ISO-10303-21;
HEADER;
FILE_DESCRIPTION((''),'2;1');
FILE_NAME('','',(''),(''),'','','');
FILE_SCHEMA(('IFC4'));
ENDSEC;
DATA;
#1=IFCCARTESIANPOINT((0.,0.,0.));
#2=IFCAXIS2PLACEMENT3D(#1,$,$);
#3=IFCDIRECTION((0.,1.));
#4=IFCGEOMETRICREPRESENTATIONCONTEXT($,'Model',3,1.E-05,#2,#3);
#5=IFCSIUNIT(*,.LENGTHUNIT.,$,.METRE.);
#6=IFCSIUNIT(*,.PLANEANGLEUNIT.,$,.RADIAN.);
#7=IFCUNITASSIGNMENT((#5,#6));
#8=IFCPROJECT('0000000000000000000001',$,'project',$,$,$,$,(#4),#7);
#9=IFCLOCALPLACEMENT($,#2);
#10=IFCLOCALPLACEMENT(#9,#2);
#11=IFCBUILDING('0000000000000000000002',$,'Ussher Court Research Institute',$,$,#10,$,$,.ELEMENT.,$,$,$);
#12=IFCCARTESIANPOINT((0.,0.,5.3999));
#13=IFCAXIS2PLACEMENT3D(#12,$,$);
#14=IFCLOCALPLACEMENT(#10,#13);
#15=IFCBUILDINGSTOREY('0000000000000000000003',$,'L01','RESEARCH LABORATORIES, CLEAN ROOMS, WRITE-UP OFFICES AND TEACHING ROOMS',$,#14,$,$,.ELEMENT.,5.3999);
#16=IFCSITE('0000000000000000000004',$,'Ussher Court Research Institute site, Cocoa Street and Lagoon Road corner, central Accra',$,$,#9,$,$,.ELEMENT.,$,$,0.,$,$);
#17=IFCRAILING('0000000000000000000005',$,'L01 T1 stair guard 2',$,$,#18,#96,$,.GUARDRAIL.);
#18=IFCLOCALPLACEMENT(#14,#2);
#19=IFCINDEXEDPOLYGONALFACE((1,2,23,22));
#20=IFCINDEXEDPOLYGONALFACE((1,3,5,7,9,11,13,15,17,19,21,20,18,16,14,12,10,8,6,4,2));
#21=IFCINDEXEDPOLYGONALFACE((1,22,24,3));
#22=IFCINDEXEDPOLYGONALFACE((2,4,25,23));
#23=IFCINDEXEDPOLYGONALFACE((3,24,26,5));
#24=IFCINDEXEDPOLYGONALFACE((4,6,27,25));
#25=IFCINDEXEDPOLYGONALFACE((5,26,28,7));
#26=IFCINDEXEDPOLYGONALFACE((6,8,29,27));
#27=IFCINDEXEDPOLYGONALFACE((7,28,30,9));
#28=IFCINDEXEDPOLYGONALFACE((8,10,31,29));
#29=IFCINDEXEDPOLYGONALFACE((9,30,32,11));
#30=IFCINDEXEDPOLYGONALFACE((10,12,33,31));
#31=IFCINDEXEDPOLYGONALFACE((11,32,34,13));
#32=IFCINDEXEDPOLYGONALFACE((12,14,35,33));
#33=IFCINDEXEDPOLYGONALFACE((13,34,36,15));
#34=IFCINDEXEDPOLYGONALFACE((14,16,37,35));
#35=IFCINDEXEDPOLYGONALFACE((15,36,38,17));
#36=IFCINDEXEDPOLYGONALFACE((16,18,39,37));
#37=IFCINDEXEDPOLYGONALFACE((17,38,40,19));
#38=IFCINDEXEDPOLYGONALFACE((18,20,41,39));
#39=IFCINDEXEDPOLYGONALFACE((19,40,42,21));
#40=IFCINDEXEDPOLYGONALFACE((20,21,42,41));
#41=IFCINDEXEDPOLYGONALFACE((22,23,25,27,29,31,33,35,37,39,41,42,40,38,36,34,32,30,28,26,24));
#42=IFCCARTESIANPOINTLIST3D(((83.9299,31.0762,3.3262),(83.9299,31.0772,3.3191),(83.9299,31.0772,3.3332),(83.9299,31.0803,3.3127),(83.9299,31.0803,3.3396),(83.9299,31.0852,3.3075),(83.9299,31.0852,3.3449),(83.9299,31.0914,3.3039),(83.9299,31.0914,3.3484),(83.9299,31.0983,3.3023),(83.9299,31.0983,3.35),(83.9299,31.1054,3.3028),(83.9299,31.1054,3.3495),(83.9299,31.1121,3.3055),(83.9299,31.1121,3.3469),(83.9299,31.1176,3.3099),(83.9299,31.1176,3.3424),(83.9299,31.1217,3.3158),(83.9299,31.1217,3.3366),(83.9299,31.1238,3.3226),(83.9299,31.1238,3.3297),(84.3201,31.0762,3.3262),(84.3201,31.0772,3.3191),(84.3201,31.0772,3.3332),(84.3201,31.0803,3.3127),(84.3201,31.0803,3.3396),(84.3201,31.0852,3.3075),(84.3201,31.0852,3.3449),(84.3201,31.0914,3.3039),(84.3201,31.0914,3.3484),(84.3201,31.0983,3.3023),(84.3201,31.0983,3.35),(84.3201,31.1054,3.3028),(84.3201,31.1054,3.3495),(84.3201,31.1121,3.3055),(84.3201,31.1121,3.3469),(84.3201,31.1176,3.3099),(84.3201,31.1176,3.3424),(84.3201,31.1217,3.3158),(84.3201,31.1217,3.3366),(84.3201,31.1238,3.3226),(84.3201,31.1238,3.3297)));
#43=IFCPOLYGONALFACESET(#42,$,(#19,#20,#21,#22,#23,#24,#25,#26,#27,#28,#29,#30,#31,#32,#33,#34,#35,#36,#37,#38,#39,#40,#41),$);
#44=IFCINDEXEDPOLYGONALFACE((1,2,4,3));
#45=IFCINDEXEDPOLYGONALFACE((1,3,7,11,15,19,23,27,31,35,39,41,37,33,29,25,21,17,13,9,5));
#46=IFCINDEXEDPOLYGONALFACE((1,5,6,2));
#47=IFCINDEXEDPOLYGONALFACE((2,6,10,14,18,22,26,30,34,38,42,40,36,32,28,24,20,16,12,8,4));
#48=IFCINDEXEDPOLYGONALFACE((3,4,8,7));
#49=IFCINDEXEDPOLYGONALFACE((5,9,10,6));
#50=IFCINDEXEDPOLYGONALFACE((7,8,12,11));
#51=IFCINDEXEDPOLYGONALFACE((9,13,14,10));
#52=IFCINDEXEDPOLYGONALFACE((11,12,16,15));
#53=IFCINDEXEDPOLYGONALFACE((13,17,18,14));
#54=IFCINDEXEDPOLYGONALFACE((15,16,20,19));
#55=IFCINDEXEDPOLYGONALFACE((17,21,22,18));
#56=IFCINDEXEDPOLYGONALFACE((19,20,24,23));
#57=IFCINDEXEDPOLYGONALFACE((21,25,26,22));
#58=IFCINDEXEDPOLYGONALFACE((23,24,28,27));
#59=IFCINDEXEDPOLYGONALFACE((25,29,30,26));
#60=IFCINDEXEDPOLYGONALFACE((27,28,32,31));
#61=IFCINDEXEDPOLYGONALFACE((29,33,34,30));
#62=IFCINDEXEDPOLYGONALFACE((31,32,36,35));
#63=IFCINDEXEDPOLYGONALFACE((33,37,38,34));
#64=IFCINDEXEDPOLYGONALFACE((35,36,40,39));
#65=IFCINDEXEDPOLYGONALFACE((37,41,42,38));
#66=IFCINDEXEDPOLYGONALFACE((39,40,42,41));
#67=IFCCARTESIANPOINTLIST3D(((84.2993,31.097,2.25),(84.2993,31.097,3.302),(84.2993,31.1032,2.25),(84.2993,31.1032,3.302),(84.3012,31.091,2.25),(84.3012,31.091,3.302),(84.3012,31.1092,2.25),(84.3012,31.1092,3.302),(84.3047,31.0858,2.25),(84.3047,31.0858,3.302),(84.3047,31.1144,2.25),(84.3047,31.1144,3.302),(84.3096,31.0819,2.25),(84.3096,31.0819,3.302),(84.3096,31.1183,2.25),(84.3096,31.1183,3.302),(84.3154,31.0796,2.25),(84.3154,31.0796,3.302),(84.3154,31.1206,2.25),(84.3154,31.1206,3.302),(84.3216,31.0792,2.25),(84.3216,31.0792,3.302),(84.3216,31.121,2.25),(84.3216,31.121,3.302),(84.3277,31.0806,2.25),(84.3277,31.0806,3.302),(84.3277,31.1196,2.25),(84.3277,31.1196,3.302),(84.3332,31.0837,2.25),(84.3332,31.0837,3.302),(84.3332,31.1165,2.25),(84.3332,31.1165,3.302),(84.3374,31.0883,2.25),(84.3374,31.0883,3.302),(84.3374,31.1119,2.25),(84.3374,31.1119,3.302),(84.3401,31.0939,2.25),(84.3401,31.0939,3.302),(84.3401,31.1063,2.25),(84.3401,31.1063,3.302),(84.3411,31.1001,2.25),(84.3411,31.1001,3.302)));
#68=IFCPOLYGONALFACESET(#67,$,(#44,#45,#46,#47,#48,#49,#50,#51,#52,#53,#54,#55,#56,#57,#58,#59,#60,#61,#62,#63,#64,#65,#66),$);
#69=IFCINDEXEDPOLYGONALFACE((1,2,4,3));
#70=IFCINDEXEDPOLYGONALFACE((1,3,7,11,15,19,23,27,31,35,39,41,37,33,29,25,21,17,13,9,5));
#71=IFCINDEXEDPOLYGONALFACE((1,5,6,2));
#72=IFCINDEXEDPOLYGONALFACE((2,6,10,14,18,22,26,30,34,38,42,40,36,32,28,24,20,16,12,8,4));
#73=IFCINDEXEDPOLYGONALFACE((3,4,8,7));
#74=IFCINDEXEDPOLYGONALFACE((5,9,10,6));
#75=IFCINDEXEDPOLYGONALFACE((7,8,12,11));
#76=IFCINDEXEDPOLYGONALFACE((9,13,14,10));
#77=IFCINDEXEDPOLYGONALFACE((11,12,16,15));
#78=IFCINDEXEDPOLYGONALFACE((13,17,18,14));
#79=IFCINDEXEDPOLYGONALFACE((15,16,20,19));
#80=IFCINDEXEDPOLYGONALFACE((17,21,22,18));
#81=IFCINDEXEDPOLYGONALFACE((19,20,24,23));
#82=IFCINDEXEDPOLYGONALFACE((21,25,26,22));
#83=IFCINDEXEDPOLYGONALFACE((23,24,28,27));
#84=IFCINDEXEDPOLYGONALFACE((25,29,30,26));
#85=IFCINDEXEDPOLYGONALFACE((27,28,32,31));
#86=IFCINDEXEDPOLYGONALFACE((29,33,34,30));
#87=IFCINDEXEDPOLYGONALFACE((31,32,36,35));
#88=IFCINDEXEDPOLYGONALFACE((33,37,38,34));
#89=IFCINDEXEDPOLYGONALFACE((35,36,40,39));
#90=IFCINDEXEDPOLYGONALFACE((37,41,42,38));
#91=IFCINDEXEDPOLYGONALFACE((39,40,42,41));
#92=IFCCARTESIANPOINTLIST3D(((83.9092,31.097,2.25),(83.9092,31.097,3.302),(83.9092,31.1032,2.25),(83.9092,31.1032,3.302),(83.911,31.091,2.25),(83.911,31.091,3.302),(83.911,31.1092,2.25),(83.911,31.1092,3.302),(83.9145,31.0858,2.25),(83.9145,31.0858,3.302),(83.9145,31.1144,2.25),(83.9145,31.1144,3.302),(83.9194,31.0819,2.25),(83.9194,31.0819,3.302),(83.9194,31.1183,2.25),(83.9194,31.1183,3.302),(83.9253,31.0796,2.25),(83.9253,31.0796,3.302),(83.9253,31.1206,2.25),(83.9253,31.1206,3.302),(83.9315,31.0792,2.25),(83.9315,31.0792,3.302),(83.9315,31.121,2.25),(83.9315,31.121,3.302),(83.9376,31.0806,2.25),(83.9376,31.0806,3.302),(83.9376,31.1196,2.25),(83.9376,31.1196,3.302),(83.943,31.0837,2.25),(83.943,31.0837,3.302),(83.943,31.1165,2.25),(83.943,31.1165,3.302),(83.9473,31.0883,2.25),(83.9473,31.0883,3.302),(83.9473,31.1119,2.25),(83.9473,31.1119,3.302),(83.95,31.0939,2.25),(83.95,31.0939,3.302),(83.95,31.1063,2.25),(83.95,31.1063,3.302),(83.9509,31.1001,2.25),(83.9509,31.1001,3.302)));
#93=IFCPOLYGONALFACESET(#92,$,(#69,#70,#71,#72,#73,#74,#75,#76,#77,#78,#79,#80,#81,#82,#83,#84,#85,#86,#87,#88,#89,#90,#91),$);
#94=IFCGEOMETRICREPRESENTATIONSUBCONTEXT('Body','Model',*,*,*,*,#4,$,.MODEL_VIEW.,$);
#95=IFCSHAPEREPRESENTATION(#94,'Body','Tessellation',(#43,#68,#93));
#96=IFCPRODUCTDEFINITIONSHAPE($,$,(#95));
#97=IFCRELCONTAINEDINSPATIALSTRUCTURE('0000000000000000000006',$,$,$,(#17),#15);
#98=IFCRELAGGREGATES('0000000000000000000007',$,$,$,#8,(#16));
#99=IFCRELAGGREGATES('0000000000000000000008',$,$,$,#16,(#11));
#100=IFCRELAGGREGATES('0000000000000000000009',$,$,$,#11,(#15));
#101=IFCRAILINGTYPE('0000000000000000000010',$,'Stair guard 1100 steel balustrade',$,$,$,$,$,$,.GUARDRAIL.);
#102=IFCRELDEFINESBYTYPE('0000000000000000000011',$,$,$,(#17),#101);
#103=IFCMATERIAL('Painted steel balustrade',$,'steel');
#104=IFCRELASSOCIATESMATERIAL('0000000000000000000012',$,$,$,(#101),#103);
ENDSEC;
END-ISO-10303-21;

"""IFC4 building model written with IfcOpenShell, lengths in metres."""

from ifc_helpers import new_model, si_unit, direction, frame, origin, origin_2d, place, context, subcontext, project, spatial, circle, extrude, material, type_object, element, save


model = new_model("IFC4")

# Units and contexts
model_context = context("Model", 3, precision=1e-05, world=origin(), true_north=direction((0.0, 1.0)))
body_context = subcontext(model_context, "Body", "Model", "MODEL_VIEW")
ifc_project = project(units=[si_unit("LENGTHUNIT", "METRE"), si_unit("PLANEANGLEUNIT", "RADIAN")], contexts=[model_context])

# Site, building, storey
site_placement = place(None, origin())
site = spatial("IfcSite", under=ifc_project, at=site_placement, Name="Ussher Court Research Institute site, Cocoa Street and Lagoon Road corner, central Accra", CompositionType="ELEMENT", RefElevation=0.0)
building_placement = place(site_placement, origin())
building = spatial("IfcBuilding", under=site, at=building_placement, Name="Ussher Court Research Institute", CompositionType="ELEMENT")
storey_placement = place(building_placement, frame((0.0, 0.0, 5.3999)))
storey = spatial("IfcBuildingStorey", under=building, at=storey_placement, Name="L01", Description="RESEARCH LABORATORIES, CLEAN ROOMS, WRITE-UP OFFICES AND TEACHING ROOMS", CompositionType="ELEMENT", Elevation=5.3999)

# Railing
ifc_material_1 = material(Name="Painted steel balustrade", Category="steel")
railing_type_1 = type_object("IfcRailingType", Name="Stair guard 1100 steel balustrade", PredefinedType="GUARDRAIL", material=ifc_material_1)
railing_1_placement = place(storey_placement, frame((84.3201, 31.1001, 2.25)))
element("IfcRailing", 1, at=railing_1_placement, inside=storey, type_object=railing_type_1, Name="L01 T1 stair guard 2", PredefinedType="GUARDRAIL", context=body_context, shape_type="SweptSolid", body=[
    extrude(circle(Radius=0.0239, at=origin_2d()), frame((0.0, 0.0, 1.0762), z_axis=(-1.0, 0.0, 0.0), x_axis=(0.0, -1.0, 0.0)), (0.0, 0.0, 1.0), 0.3901),
    extrude(circle(Radius=0.021, at=origin_2d()), origin(), (0.0, 0.0, 1.0), 1.052),
    extrude(circle(Radius=0.021, at=origin_2d()), frame((-0.3901, 0.0, 0.0)), (0.0, 0.0, 1.0), 1.052),
])

save(model, "model.ifc")
